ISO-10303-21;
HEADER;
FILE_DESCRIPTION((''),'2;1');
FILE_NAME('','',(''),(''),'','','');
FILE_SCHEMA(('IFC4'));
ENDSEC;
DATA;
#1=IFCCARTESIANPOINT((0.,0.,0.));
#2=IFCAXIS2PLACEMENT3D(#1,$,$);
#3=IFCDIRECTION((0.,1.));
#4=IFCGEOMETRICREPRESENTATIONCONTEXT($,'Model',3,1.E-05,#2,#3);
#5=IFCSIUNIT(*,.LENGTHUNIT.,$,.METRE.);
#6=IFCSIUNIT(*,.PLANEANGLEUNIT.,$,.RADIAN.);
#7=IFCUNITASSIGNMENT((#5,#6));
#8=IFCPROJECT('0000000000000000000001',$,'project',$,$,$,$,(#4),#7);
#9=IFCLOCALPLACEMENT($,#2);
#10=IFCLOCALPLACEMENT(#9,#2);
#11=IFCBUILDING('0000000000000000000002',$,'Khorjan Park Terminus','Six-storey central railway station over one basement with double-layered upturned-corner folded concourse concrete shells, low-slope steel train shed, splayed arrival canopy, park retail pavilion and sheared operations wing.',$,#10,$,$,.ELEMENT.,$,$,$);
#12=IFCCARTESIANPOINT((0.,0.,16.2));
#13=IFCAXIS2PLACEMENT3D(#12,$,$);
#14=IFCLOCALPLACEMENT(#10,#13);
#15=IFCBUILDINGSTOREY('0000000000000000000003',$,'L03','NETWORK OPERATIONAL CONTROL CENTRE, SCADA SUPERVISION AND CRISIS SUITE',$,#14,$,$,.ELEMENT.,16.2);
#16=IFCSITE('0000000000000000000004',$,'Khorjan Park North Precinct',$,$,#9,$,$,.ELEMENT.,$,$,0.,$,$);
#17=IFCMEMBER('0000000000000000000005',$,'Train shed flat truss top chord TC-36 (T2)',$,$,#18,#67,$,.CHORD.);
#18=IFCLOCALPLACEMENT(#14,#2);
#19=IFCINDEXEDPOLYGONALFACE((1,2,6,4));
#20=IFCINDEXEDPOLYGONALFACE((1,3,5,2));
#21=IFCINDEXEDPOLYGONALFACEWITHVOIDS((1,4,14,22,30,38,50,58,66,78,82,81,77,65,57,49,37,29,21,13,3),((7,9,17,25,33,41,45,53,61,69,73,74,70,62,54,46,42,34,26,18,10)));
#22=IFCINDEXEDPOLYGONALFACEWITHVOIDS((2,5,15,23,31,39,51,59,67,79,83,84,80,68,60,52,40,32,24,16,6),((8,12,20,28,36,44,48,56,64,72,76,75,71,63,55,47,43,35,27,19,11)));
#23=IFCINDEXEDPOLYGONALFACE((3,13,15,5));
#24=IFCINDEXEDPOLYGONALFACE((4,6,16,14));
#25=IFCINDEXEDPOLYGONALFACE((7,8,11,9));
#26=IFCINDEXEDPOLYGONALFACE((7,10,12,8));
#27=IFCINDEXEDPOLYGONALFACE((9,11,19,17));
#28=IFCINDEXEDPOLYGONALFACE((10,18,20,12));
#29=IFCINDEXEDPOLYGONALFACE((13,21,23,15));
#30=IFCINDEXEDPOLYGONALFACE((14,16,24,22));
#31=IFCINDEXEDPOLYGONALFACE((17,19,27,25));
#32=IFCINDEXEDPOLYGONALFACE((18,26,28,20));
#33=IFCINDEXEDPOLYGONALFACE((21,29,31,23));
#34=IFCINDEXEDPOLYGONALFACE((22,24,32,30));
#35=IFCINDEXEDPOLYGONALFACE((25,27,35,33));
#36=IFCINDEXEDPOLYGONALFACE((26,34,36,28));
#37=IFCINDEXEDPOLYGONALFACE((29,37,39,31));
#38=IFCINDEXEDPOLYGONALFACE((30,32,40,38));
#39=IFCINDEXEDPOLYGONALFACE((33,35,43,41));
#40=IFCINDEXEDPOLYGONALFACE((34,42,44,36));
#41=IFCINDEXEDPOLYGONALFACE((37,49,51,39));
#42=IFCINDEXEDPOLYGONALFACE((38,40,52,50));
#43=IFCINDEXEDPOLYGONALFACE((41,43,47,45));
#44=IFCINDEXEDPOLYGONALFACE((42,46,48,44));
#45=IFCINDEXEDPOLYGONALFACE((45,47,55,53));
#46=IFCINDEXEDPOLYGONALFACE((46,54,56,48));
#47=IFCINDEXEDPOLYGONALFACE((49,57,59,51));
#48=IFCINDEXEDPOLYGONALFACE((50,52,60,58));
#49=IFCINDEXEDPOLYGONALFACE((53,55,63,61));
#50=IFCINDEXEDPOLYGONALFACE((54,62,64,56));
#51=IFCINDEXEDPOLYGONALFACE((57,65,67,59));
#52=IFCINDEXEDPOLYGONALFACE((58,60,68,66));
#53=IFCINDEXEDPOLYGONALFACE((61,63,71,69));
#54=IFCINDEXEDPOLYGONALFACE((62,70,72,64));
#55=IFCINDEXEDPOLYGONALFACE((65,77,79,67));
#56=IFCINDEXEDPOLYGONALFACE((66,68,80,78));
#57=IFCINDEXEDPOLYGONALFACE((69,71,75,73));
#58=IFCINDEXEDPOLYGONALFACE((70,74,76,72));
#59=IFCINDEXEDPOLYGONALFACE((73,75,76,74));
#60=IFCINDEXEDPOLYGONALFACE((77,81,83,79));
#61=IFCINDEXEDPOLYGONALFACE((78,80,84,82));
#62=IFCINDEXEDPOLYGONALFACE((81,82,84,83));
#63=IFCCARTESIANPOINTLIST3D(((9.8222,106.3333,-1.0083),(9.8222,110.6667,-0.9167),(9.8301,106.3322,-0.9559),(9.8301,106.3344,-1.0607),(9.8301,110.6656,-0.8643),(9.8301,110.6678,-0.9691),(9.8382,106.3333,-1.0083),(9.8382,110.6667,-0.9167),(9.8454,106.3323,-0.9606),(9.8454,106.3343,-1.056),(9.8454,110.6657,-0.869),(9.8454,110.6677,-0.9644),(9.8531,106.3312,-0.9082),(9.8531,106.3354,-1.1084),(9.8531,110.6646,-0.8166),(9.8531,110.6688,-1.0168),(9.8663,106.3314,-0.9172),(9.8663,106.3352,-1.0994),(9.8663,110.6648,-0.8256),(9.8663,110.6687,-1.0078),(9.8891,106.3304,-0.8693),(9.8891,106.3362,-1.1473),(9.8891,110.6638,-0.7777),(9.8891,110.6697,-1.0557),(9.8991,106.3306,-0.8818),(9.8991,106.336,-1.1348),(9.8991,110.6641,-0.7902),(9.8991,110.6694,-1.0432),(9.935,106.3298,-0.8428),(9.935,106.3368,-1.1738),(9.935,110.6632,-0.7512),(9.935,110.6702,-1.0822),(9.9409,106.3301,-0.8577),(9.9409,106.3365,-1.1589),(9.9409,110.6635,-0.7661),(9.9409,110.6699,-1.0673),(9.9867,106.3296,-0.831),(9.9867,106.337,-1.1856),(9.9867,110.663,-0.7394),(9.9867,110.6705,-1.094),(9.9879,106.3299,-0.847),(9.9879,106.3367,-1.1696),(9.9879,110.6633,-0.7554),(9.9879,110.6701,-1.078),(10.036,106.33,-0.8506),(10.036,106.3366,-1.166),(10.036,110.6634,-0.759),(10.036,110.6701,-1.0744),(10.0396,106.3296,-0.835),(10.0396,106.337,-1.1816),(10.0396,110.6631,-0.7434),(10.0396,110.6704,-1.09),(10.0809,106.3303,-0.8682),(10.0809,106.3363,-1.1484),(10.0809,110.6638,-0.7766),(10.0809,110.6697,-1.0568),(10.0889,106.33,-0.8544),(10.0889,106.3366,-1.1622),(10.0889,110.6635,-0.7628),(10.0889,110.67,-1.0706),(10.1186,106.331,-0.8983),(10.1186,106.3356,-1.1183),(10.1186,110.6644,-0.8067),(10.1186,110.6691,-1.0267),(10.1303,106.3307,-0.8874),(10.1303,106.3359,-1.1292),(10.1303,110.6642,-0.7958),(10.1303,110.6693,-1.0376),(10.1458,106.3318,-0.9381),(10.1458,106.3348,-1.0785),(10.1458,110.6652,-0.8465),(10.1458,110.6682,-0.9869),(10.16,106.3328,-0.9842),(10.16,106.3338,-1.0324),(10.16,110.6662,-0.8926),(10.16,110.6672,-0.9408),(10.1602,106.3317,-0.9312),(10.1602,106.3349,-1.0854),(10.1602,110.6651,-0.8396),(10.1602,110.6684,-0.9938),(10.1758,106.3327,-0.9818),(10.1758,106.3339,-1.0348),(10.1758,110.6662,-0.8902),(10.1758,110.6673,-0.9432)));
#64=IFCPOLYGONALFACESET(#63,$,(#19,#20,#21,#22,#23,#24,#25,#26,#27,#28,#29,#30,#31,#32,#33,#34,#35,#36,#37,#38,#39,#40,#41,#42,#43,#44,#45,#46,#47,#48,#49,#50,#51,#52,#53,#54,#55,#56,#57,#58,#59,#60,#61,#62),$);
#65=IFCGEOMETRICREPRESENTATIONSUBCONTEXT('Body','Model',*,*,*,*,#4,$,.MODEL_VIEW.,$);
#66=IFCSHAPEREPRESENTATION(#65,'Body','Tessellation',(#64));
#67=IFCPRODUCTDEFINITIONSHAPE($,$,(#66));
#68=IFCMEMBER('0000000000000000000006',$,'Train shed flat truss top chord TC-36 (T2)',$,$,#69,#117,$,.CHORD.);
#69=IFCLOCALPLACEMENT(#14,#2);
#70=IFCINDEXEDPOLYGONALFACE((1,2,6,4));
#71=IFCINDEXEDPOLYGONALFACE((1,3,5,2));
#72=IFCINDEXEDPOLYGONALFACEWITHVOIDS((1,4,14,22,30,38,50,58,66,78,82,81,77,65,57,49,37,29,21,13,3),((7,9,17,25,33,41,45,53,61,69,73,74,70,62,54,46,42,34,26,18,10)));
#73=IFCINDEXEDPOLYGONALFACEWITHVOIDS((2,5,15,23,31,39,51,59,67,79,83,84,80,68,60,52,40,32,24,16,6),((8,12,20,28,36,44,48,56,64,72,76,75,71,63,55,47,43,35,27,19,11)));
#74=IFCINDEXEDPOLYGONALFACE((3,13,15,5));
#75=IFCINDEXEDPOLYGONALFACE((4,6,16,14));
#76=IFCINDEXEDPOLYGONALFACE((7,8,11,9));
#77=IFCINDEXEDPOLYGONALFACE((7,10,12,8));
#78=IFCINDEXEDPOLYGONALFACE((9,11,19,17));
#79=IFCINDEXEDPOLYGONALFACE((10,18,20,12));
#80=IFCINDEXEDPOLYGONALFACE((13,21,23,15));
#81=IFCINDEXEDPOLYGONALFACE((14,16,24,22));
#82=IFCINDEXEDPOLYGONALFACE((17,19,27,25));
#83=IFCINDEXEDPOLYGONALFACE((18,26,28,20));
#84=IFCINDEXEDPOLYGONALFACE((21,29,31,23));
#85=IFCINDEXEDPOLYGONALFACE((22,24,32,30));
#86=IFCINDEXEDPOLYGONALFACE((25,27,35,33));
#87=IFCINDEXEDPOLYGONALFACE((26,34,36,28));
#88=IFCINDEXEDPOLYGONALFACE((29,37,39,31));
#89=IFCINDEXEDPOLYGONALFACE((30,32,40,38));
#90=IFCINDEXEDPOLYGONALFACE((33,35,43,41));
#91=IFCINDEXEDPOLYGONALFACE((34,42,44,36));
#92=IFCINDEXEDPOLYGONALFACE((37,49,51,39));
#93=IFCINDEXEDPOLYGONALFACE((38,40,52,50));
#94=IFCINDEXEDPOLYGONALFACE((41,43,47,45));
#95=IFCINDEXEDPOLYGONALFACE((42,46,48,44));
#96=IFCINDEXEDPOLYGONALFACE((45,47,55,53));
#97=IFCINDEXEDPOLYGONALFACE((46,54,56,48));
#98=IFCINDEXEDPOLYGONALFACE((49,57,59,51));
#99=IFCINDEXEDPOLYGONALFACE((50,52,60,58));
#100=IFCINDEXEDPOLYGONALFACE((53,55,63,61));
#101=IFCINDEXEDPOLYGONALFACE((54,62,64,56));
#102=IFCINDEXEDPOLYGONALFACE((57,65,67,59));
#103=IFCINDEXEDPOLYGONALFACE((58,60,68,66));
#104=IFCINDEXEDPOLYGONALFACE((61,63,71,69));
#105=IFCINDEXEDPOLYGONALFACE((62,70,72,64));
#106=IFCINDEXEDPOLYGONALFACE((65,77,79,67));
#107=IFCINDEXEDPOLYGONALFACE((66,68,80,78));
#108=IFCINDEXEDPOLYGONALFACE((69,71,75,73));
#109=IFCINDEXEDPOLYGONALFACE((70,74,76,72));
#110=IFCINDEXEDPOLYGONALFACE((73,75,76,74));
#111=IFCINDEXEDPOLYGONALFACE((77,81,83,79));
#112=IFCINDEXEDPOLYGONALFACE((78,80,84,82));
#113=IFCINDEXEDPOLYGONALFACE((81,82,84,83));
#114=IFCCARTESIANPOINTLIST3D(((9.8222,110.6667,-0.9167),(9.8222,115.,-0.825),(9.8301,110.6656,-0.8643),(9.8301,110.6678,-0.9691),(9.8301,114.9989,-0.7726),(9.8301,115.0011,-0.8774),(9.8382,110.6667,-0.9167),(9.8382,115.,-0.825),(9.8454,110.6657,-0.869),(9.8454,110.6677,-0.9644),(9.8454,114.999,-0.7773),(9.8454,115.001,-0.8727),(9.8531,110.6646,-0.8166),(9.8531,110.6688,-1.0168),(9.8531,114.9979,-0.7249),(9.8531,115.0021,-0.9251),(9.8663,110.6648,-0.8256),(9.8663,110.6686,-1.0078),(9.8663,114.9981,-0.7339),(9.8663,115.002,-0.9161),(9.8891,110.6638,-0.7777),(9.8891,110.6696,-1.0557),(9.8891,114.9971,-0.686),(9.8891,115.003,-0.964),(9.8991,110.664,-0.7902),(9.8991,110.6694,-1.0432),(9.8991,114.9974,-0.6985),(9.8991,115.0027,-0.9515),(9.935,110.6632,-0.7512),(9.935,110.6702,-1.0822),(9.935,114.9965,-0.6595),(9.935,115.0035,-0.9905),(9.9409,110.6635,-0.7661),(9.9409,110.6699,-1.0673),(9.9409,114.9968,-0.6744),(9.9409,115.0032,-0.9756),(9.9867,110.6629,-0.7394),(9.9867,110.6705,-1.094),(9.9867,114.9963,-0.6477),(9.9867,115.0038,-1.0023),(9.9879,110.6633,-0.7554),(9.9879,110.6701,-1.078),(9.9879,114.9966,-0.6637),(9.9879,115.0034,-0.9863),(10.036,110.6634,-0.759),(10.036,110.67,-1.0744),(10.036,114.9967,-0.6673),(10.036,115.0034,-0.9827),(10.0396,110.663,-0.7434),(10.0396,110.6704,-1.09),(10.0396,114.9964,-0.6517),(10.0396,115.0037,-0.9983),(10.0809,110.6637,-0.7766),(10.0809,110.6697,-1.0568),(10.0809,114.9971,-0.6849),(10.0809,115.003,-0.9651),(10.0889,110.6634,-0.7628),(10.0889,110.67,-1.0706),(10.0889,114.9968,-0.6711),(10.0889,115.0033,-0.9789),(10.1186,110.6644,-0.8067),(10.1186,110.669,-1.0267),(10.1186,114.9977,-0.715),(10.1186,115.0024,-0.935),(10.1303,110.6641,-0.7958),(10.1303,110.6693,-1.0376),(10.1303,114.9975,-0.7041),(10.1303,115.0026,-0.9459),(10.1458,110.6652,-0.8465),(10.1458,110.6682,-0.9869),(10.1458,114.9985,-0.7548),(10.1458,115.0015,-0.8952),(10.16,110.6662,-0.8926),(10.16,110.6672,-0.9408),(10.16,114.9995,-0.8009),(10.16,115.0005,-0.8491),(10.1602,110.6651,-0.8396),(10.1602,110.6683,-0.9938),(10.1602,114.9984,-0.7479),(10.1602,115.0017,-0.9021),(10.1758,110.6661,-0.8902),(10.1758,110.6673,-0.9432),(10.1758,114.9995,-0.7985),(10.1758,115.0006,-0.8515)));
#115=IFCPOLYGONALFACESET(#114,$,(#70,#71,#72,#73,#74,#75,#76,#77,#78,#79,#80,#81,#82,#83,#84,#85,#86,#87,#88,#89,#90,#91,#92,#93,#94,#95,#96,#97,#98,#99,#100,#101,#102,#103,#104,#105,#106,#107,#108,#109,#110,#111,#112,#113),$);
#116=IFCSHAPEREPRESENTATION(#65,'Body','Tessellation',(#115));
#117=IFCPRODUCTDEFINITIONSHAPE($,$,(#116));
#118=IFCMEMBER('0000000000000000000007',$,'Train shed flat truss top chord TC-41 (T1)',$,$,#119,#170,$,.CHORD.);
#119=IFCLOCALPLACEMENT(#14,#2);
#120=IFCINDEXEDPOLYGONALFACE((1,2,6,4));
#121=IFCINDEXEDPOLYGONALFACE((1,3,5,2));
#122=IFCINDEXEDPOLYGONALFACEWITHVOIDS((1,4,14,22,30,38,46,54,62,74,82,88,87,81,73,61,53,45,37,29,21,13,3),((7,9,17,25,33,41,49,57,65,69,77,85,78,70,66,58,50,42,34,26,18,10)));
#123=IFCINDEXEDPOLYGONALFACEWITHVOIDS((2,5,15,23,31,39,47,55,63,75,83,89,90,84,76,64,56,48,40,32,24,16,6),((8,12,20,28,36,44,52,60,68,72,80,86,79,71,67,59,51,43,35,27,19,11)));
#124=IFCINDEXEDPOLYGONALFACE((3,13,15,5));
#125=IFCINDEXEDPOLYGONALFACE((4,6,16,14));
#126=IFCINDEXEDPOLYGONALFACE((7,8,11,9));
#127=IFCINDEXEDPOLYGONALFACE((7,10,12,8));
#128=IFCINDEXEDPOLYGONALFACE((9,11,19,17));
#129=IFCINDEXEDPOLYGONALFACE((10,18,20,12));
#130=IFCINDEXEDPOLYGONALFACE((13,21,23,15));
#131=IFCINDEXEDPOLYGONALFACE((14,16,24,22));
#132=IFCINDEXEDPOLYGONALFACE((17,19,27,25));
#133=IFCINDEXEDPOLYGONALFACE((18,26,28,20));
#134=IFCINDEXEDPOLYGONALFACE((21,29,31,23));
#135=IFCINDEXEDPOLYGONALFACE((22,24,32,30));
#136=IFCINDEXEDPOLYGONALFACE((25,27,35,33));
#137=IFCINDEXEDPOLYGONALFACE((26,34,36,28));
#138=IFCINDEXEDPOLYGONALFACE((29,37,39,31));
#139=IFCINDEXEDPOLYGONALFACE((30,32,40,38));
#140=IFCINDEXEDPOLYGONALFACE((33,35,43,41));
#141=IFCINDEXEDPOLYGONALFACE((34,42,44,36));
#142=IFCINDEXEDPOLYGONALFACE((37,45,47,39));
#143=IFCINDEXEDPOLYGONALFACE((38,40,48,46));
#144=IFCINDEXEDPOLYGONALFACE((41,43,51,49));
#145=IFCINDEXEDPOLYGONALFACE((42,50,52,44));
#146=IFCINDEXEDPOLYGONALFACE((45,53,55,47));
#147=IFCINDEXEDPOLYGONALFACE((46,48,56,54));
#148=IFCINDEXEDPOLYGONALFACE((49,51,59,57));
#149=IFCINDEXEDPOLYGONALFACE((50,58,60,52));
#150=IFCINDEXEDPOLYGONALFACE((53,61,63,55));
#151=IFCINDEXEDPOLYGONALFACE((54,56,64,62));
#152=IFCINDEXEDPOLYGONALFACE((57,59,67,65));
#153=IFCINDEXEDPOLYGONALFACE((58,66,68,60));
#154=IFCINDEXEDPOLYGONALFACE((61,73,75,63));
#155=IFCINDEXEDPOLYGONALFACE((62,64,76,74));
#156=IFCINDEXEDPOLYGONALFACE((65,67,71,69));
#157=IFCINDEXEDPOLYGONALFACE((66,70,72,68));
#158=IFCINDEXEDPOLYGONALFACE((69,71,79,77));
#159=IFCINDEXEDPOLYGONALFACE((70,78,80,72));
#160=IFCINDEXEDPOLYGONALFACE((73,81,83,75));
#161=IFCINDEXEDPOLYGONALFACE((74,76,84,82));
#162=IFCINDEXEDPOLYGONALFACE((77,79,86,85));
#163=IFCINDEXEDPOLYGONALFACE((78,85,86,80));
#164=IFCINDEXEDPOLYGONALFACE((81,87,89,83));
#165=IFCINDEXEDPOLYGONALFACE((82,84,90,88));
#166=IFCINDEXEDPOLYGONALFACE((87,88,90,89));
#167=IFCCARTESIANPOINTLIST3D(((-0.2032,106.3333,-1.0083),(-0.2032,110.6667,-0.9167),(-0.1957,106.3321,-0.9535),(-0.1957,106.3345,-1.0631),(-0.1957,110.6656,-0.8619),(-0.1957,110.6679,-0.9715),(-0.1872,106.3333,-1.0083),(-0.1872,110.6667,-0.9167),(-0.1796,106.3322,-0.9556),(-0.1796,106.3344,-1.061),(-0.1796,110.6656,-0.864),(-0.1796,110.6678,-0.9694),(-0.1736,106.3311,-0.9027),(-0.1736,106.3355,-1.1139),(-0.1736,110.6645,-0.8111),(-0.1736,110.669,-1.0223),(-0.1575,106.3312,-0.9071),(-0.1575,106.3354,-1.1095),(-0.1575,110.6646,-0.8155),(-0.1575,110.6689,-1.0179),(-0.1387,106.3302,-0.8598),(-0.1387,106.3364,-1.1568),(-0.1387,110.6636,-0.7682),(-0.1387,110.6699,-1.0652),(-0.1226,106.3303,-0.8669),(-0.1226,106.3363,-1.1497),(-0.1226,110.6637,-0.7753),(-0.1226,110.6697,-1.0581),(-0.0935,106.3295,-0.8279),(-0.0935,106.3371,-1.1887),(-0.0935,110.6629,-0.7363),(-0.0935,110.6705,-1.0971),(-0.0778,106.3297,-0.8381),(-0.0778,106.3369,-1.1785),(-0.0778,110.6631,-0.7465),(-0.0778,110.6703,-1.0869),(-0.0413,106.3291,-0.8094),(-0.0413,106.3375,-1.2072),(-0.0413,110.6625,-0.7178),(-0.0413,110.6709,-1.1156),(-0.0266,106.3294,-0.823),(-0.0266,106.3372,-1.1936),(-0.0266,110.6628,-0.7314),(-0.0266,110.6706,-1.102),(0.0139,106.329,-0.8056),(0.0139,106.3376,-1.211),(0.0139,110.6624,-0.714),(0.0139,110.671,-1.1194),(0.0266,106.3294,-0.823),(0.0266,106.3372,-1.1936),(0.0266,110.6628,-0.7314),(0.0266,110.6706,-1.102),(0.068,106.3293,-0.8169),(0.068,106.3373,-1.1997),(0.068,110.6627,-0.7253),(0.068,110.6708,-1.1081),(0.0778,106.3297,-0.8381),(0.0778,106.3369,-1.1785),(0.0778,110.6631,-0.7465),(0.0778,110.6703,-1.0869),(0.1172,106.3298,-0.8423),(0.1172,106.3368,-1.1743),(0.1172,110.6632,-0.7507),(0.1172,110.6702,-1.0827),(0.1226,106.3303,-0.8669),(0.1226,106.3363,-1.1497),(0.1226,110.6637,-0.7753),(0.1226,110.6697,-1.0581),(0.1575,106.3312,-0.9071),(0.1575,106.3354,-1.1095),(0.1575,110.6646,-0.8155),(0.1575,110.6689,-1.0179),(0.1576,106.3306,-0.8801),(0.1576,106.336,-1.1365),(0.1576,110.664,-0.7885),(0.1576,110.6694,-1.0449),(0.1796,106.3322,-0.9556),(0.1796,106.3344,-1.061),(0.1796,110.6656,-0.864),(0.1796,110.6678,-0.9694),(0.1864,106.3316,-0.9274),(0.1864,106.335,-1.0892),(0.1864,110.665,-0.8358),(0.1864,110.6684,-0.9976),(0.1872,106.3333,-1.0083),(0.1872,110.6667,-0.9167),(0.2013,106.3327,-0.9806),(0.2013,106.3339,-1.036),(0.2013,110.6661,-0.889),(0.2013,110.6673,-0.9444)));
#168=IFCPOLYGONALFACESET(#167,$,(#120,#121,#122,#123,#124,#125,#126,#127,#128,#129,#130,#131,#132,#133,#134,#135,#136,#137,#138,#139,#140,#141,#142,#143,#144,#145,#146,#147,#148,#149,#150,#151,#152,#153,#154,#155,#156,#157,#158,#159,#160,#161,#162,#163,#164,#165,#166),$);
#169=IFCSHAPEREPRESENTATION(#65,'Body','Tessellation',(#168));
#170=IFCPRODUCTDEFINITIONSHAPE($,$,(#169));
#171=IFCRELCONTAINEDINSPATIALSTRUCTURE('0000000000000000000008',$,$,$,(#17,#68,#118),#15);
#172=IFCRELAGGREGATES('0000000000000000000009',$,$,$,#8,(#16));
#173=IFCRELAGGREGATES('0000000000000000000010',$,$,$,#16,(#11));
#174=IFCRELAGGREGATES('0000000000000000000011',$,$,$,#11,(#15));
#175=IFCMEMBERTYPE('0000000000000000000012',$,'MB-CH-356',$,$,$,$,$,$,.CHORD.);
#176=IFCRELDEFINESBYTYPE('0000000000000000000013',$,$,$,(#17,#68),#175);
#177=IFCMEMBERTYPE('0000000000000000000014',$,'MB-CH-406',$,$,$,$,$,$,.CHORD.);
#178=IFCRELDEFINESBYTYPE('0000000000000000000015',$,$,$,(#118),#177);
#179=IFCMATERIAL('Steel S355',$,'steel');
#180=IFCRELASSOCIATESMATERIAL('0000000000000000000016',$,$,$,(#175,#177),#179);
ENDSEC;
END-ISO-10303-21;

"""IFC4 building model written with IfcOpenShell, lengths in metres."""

from ifc_helpers import new_model, si_unit, direction, frame, origin, origin_2d, place, context, subcontext, project, spatial, hollow_circle, extrude, material, material_profile, profile_set, type_object, element, save


model = new_model("IFC4")

# Units and contexts
model_context = context("Model", 3, precision=1e-05, world=origin(), true_north=direction((0.0, 1.0)))
body_context = subcontext(model_context, "Body", "Model", "MODEL_VIEW")
ifc_project = project(units=[si_unit("LENGTHUNIT", "METRE"), si_unit("PLANEANGLEUNIT", "RADIAN")], contexts=[model_context])

# Site, building, storey
site_placement = place(None, origin())
site = spatial("IfcSite", under=ifc_project, at=site_placement, Name="Khorjan Park North Precinct", CompositionType="ELEMENT", RefElevation=0.0)
building_placement = place(site_placement, origin())
building = spatial("IfcBuilding", under=site, at=building_placement, Name="Khorjan Park Terminus", Description="Six-storey central railway station over one basement with double-layered upturned-corner folded concourse concrete shells, low-slope steel train shed, splayed arrival canopy, park retail pavilion and sheared operations wing.", CompositionType="ELEMENT")
storey_placement = place(building_placement, frame((0.0, 0.0, 16.2)))
storey = spatial("IfcBuildingStorey", under=building, at=storey_placement, Name="L03", Description="NETWORK OPERATIONAL CONTROL CENTRE, SCADA SUPERVISION AND CRISIS SUITE", CompositionType="ELEMENT", Elevation=16.2)

# Members
ifc_material_1 = material(Name="Steel S355", Category="steel")
ifc_material_profile_1 = material_profile(ifc_material_1, hollow_circle(Radius=0.1778, WallThickness=0.016, at=origin_2d()), Name="CHS 355.6x16")
ifc_profile_set_1 = profile_set([ifc_material_profile_1], Name="Steel S355")
member_type_1 = type_object("IfcMemberType", Name="MB-CH-356", PredefinedType="CHORD", material=ifc_profile_set_1)
member_1_placement = place(storey_placement, frame((10.0, 106.3333, -1.0083), z_axis=(0.0, 0.999777, 0.021133), x_axis=(-1.0, 0.0, 0.0)))
element("IfcMember", 1, at=member_1_placement, inside=storey, type_object=member_type_1, Name="Train shed flat truss top chord TC-36 (T2)", PredefinedType="CHORD", context=body_context, shape_type="SweptSolid", body=[
    extrude(hollow_circle(Radius=0.1778, WallThickness=0.016, at=origin_2d()), origin(), (0.0, 0.0, 1.0), 4.3344),
])
member_2_placement = place(storey_placement, frame((10.0, 110.6667, -0.9167), z_axis=(0.0, 0.999776, 0.021157), x_axis=(-1.0, 0.0, 0.0)))
element("IfcMember", 2, at=member_2_placement, inside=storey, type_object=member_type_1, Name="Train shed flat truss top chord TC-36 (T2)", PredefinedType="CHORD", context=body_context, shape_type="SweptSolid", body=[
    extrude(hollow_circle(Radius=0.1778, WallThickness=0.016, at=origin_2d()), origin(), (0.0, 0.0, 1.0), 4.3343),
])
ifc_material_profile_2 = material_profile(ifc_material_1, hollow_circle(Radius=0.2032, WallThickness=0.016, at=origin_2d()), Name="CHS 406.4x16")
ifc_profile_set_2 = profile_set([ifc_material_profile_2], Name="Steel S355")
member_type_2 = type_object("IfcMemberType", Name="MB-CH-406", PredefinedType="CHORD", material=ifc_profile_set_2)
member_3_placement = place(storey_placement, frame((0.0, 106.3333, -1.0083), z_axis=(0.0, 0.999777, 0.021133), x_axis=(-1.0, 0.0, 0.0)))
element("IfcMember", 3, at=member_3_placement, inside=storey, type_object=member_type_2, Name="Train shed flat truss top chord TC-41 (T1)", PredefinedType="CHORD", context=body_context, shape_type="SweptSolid", body=[
    extrude(hollow_circle(Radius=0.2032, WallThickness=0.016, at=origin_2d()), origin(), (0.0, 0.0, 1.0), 4.3344),
])

save(model, "model.ifc")
